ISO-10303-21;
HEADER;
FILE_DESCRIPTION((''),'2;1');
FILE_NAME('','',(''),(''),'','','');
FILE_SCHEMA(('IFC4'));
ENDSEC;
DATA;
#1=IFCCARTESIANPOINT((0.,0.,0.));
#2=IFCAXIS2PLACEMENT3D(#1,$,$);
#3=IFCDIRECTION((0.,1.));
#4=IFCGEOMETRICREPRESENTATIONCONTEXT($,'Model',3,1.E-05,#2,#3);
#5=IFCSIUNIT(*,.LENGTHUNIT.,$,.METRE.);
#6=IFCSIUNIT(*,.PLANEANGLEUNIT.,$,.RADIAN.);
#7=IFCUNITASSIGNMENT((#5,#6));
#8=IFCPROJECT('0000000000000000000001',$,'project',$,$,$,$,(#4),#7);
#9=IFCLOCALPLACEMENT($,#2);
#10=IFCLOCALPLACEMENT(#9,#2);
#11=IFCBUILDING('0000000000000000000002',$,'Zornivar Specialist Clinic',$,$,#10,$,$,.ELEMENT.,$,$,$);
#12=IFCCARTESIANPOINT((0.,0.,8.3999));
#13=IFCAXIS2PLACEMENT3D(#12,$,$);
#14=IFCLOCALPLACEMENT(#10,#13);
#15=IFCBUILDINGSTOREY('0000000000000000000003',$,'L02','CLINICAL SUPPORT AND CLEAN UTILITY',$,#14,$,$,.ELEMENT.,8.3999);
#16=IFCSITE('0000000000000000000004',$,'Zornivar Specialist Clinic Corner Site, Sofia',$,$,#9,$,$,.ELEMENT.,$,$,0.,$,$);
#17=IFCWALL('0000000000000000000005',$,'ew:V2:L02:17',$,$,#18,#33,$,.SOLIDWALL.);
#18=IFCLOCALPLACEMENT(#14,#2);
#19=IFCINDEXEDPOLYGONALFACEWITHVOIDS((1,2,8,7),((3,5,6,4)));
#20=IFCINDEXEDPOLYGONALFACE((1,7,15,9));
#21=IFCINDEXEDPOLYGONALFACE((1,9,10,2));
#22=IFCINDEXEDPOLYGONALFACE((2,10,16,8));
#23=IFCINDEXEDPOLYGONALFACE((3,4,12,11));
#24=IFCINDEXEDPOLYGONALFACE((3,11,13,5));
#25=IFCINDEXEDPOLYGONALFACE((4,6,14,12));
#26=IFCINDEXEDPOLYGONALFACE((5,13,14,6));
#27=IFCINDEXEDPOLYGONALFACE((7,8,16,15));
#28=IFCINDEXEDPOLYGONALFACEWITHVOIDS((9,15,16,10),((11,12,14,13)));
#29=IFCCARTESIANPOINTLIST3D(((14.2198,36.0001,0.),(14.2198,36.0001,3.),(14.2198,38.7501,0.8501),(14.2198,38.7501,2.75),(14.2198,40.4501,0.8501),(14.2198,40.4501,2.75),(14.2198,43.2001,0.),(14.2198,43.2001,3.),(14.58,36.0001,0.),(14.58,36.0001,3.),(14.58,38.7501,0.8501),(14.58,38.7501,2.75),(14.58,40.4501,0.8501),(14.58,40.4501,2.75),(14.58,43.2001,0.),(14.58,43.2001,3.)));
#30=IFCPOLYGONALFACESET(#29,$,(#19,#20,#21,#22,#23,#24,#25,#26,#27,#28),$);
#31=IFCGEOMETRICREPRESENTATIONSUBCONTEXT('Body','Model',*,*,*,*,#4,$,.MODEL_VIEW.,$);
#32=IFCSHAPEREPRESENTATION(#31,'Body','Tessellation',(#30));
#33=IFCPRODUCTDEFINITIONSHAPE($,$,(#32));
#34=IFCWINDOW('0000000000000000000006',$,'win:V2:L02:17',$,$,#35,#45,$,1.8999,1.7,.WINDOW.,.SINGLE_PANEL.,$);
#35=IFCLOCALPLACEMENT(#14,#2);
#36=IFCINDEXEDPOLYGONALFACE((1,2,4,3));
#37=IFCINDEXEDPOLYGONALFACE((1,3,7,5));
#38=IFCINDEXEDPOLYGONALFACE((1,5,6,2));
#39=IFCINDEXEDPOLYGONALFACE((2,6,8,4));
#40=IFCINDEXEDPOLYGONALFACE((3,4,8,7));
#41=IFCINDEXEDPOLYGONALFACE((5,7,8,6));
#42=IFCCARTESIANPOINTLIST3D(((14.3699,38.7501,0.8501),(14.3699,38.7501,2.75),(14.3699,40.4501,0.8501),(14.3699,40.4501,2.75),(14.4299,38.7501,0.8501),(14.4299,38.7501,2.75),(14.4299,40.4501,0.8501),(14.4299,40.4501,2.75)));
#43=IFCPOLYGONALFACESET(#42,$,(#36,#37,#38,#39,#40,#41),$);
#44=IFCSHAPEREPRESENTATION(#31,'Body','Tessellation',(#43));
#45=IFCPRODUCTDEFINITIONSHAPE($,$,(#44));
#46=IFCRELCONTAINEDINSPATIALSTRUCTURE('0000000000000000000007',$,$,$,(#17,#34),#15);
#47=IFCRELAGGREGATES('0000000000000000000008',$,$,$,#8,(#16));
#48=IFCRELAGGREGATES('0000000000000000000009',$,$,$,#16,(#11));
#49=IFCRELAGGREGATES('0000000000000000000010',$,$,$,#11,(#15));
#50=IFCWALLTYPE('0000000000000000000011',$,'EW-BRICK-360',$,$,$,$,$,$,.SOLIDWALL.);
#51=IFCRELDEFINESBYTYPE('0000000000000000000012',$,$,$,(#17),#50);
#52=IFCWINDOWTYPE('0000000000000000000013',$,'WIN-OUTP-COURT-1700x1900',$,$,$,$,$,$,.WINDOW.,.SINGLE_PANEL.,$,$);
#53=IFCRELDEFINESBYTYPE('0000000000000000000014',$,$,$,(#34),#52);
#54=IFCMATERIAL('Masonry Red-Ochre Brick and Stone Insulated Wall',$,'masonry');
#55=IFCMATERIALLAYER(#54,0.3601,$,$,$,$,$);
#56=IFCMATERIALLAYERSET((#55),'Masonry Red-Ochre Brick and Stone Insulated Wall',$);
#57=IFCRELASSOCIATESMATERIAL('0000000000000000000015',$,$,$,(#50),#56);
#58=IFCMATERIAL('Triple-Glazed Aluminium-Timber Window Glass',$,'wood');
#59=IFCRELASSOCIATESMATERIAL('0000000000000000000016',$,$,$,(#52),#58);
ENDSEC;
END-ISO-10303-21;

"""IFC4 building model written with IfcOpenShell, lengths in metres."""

from ifc_helpers import new_model, si_unit, direction, frame, frame_2d, origin, place, context, subcontext, project, spatial, rectangle, extrude, material, layer, layer_set, type_object, element, fill, save


model = new_model("IFC4")

# Units and contexts
model_context = context("Model", 3, precision=1e-05, world=origin(), true_north=direction((0.0, 1.0)))
body_context = subcontext(model_context, "Body", "Model", "MODEL_VIEW")
ifc_project = project(units=[si_unit("LENGTHUNIT", "METRE"), si_unit("PLANEANGLEUNIT", "RADIAN")], contexts=[model_context])

# Site, building, storey
site_placement = place(None, origin())
site = spatial("IfcSite", under=ifc_project, at=site_placement, Name="Zornivar Specialist Clinic Corner Site, Sofia", CompositionType="ELEMENT", RefElevation=0.0)
building_placement = place(site_placement, origin())
building = spatial("IfcBuilding", under=site, at=building_placement, Name="Zornivar Specialist Clinic", CompositionType="ELEMENT")
storey_placement = place(building_placement, frame((0.0, 0.0, 8.3999)))
storey = spatial("IfcBuildingStorey", under=building, at=storey_placement, Name="L02", Description="CLINICAL SUPPORT AND CLEAN UTILITY", CompositionType="ELEMENT", Elevation=8.3999)

# Wall, opening, window
ifc_material_1 = material(Name="Masonry Red-Ochre Brick and Stone Insulated Wall", Category="masonry")
ifc_layer_1 = layer(ifc_material_1, 0.3601)
ifc_layer_set_1 = layer_set([ifc_layer_1], Name="Masonry Red-Ochre Brick and Stone Insulated Wall")
wall_type = type_object("IfcWallType", Name="EW-BRICK-360", PredefinedType="SOLIDWALL", material=ifc_layer_set_1)
ifc_material_2 = material(Name="Triple-Glazed Aluminium-Timber Window Glass", Category="wood")
window_type = type_object("IfcWindowType", Name="WIN-OUTP-COURT-1700x1900", PartitioningType="SINGLE_PANEL", PredefinedType="WINDOW", material=ifc_material_2)
wall_1_placement = place(storey_placement, frame((14.3999, 36.0, 0.0), z_axis=(0.0, 0.0, 1.0), x_axis=(0.0, 1.0, 0.0)))
wall_1 = element("IfcWall", 1, at=wall_1_placement, inside=storey, type_object=wall_type, Name="ew:V2:L02:17", PredefinedType="SOLIDWALL", context=body_context, shape_type="SweptSolid", body=[
    extrude(rectangle(XDim=7.2, YDim=0.3601, at=frame_2d((3.6001, 0.0))), origin(), (0.0, 0.0, 1.0), 3.0),
])
opening_1_placement = place(wall_1_placement, frame((2.75, 0.0, 0.8501)))
opening_1 = element("IfcOpeningElement", 2, at=opening_1_placement, cuts=wall_1, PredefinedType="OPENING", context=body_context, shape_type="SweptSolid", body=[
    extrude(rectangle(XDim=1.7, YDim=1.8999, at=frame_2d((0.8501, 0.95))), frame((0.0, 0.1899, 0.0), z_axis=(0.0, -1.0, 0.0), x_axis=(1.0, 0.0, 0.0)), (0.0, 0.0, 1.0), 0.3801),
])
window_1_placement = place(opening_1_placement, origin())
window_1 = element("IfcWindow", 3, at=window_1_placement, inside=storey, type_object=window_type, Name="win:V2:L02:17", OverallHeight=1.8999, OverallWidth=1.7, PartitioningType="SINGLE_PANEL", PredefinedType="WINDOW", context=body_context, shape_type="SweptSolid", body=[
    extrude(rectangle(XDim=1.7, YDim=1.8999, at=frame_2d((0.8501, 0.95))), frame((0.0, 0.03, 0.0), z_axis=(0.0, -1.0, 0.0), x_axis=(1.0, 0.0, 0.0)), (0.0, 0.0, 1.0), 0.0601),
])
fill(opening_1, window_1)

save(model, "model.ifc")
